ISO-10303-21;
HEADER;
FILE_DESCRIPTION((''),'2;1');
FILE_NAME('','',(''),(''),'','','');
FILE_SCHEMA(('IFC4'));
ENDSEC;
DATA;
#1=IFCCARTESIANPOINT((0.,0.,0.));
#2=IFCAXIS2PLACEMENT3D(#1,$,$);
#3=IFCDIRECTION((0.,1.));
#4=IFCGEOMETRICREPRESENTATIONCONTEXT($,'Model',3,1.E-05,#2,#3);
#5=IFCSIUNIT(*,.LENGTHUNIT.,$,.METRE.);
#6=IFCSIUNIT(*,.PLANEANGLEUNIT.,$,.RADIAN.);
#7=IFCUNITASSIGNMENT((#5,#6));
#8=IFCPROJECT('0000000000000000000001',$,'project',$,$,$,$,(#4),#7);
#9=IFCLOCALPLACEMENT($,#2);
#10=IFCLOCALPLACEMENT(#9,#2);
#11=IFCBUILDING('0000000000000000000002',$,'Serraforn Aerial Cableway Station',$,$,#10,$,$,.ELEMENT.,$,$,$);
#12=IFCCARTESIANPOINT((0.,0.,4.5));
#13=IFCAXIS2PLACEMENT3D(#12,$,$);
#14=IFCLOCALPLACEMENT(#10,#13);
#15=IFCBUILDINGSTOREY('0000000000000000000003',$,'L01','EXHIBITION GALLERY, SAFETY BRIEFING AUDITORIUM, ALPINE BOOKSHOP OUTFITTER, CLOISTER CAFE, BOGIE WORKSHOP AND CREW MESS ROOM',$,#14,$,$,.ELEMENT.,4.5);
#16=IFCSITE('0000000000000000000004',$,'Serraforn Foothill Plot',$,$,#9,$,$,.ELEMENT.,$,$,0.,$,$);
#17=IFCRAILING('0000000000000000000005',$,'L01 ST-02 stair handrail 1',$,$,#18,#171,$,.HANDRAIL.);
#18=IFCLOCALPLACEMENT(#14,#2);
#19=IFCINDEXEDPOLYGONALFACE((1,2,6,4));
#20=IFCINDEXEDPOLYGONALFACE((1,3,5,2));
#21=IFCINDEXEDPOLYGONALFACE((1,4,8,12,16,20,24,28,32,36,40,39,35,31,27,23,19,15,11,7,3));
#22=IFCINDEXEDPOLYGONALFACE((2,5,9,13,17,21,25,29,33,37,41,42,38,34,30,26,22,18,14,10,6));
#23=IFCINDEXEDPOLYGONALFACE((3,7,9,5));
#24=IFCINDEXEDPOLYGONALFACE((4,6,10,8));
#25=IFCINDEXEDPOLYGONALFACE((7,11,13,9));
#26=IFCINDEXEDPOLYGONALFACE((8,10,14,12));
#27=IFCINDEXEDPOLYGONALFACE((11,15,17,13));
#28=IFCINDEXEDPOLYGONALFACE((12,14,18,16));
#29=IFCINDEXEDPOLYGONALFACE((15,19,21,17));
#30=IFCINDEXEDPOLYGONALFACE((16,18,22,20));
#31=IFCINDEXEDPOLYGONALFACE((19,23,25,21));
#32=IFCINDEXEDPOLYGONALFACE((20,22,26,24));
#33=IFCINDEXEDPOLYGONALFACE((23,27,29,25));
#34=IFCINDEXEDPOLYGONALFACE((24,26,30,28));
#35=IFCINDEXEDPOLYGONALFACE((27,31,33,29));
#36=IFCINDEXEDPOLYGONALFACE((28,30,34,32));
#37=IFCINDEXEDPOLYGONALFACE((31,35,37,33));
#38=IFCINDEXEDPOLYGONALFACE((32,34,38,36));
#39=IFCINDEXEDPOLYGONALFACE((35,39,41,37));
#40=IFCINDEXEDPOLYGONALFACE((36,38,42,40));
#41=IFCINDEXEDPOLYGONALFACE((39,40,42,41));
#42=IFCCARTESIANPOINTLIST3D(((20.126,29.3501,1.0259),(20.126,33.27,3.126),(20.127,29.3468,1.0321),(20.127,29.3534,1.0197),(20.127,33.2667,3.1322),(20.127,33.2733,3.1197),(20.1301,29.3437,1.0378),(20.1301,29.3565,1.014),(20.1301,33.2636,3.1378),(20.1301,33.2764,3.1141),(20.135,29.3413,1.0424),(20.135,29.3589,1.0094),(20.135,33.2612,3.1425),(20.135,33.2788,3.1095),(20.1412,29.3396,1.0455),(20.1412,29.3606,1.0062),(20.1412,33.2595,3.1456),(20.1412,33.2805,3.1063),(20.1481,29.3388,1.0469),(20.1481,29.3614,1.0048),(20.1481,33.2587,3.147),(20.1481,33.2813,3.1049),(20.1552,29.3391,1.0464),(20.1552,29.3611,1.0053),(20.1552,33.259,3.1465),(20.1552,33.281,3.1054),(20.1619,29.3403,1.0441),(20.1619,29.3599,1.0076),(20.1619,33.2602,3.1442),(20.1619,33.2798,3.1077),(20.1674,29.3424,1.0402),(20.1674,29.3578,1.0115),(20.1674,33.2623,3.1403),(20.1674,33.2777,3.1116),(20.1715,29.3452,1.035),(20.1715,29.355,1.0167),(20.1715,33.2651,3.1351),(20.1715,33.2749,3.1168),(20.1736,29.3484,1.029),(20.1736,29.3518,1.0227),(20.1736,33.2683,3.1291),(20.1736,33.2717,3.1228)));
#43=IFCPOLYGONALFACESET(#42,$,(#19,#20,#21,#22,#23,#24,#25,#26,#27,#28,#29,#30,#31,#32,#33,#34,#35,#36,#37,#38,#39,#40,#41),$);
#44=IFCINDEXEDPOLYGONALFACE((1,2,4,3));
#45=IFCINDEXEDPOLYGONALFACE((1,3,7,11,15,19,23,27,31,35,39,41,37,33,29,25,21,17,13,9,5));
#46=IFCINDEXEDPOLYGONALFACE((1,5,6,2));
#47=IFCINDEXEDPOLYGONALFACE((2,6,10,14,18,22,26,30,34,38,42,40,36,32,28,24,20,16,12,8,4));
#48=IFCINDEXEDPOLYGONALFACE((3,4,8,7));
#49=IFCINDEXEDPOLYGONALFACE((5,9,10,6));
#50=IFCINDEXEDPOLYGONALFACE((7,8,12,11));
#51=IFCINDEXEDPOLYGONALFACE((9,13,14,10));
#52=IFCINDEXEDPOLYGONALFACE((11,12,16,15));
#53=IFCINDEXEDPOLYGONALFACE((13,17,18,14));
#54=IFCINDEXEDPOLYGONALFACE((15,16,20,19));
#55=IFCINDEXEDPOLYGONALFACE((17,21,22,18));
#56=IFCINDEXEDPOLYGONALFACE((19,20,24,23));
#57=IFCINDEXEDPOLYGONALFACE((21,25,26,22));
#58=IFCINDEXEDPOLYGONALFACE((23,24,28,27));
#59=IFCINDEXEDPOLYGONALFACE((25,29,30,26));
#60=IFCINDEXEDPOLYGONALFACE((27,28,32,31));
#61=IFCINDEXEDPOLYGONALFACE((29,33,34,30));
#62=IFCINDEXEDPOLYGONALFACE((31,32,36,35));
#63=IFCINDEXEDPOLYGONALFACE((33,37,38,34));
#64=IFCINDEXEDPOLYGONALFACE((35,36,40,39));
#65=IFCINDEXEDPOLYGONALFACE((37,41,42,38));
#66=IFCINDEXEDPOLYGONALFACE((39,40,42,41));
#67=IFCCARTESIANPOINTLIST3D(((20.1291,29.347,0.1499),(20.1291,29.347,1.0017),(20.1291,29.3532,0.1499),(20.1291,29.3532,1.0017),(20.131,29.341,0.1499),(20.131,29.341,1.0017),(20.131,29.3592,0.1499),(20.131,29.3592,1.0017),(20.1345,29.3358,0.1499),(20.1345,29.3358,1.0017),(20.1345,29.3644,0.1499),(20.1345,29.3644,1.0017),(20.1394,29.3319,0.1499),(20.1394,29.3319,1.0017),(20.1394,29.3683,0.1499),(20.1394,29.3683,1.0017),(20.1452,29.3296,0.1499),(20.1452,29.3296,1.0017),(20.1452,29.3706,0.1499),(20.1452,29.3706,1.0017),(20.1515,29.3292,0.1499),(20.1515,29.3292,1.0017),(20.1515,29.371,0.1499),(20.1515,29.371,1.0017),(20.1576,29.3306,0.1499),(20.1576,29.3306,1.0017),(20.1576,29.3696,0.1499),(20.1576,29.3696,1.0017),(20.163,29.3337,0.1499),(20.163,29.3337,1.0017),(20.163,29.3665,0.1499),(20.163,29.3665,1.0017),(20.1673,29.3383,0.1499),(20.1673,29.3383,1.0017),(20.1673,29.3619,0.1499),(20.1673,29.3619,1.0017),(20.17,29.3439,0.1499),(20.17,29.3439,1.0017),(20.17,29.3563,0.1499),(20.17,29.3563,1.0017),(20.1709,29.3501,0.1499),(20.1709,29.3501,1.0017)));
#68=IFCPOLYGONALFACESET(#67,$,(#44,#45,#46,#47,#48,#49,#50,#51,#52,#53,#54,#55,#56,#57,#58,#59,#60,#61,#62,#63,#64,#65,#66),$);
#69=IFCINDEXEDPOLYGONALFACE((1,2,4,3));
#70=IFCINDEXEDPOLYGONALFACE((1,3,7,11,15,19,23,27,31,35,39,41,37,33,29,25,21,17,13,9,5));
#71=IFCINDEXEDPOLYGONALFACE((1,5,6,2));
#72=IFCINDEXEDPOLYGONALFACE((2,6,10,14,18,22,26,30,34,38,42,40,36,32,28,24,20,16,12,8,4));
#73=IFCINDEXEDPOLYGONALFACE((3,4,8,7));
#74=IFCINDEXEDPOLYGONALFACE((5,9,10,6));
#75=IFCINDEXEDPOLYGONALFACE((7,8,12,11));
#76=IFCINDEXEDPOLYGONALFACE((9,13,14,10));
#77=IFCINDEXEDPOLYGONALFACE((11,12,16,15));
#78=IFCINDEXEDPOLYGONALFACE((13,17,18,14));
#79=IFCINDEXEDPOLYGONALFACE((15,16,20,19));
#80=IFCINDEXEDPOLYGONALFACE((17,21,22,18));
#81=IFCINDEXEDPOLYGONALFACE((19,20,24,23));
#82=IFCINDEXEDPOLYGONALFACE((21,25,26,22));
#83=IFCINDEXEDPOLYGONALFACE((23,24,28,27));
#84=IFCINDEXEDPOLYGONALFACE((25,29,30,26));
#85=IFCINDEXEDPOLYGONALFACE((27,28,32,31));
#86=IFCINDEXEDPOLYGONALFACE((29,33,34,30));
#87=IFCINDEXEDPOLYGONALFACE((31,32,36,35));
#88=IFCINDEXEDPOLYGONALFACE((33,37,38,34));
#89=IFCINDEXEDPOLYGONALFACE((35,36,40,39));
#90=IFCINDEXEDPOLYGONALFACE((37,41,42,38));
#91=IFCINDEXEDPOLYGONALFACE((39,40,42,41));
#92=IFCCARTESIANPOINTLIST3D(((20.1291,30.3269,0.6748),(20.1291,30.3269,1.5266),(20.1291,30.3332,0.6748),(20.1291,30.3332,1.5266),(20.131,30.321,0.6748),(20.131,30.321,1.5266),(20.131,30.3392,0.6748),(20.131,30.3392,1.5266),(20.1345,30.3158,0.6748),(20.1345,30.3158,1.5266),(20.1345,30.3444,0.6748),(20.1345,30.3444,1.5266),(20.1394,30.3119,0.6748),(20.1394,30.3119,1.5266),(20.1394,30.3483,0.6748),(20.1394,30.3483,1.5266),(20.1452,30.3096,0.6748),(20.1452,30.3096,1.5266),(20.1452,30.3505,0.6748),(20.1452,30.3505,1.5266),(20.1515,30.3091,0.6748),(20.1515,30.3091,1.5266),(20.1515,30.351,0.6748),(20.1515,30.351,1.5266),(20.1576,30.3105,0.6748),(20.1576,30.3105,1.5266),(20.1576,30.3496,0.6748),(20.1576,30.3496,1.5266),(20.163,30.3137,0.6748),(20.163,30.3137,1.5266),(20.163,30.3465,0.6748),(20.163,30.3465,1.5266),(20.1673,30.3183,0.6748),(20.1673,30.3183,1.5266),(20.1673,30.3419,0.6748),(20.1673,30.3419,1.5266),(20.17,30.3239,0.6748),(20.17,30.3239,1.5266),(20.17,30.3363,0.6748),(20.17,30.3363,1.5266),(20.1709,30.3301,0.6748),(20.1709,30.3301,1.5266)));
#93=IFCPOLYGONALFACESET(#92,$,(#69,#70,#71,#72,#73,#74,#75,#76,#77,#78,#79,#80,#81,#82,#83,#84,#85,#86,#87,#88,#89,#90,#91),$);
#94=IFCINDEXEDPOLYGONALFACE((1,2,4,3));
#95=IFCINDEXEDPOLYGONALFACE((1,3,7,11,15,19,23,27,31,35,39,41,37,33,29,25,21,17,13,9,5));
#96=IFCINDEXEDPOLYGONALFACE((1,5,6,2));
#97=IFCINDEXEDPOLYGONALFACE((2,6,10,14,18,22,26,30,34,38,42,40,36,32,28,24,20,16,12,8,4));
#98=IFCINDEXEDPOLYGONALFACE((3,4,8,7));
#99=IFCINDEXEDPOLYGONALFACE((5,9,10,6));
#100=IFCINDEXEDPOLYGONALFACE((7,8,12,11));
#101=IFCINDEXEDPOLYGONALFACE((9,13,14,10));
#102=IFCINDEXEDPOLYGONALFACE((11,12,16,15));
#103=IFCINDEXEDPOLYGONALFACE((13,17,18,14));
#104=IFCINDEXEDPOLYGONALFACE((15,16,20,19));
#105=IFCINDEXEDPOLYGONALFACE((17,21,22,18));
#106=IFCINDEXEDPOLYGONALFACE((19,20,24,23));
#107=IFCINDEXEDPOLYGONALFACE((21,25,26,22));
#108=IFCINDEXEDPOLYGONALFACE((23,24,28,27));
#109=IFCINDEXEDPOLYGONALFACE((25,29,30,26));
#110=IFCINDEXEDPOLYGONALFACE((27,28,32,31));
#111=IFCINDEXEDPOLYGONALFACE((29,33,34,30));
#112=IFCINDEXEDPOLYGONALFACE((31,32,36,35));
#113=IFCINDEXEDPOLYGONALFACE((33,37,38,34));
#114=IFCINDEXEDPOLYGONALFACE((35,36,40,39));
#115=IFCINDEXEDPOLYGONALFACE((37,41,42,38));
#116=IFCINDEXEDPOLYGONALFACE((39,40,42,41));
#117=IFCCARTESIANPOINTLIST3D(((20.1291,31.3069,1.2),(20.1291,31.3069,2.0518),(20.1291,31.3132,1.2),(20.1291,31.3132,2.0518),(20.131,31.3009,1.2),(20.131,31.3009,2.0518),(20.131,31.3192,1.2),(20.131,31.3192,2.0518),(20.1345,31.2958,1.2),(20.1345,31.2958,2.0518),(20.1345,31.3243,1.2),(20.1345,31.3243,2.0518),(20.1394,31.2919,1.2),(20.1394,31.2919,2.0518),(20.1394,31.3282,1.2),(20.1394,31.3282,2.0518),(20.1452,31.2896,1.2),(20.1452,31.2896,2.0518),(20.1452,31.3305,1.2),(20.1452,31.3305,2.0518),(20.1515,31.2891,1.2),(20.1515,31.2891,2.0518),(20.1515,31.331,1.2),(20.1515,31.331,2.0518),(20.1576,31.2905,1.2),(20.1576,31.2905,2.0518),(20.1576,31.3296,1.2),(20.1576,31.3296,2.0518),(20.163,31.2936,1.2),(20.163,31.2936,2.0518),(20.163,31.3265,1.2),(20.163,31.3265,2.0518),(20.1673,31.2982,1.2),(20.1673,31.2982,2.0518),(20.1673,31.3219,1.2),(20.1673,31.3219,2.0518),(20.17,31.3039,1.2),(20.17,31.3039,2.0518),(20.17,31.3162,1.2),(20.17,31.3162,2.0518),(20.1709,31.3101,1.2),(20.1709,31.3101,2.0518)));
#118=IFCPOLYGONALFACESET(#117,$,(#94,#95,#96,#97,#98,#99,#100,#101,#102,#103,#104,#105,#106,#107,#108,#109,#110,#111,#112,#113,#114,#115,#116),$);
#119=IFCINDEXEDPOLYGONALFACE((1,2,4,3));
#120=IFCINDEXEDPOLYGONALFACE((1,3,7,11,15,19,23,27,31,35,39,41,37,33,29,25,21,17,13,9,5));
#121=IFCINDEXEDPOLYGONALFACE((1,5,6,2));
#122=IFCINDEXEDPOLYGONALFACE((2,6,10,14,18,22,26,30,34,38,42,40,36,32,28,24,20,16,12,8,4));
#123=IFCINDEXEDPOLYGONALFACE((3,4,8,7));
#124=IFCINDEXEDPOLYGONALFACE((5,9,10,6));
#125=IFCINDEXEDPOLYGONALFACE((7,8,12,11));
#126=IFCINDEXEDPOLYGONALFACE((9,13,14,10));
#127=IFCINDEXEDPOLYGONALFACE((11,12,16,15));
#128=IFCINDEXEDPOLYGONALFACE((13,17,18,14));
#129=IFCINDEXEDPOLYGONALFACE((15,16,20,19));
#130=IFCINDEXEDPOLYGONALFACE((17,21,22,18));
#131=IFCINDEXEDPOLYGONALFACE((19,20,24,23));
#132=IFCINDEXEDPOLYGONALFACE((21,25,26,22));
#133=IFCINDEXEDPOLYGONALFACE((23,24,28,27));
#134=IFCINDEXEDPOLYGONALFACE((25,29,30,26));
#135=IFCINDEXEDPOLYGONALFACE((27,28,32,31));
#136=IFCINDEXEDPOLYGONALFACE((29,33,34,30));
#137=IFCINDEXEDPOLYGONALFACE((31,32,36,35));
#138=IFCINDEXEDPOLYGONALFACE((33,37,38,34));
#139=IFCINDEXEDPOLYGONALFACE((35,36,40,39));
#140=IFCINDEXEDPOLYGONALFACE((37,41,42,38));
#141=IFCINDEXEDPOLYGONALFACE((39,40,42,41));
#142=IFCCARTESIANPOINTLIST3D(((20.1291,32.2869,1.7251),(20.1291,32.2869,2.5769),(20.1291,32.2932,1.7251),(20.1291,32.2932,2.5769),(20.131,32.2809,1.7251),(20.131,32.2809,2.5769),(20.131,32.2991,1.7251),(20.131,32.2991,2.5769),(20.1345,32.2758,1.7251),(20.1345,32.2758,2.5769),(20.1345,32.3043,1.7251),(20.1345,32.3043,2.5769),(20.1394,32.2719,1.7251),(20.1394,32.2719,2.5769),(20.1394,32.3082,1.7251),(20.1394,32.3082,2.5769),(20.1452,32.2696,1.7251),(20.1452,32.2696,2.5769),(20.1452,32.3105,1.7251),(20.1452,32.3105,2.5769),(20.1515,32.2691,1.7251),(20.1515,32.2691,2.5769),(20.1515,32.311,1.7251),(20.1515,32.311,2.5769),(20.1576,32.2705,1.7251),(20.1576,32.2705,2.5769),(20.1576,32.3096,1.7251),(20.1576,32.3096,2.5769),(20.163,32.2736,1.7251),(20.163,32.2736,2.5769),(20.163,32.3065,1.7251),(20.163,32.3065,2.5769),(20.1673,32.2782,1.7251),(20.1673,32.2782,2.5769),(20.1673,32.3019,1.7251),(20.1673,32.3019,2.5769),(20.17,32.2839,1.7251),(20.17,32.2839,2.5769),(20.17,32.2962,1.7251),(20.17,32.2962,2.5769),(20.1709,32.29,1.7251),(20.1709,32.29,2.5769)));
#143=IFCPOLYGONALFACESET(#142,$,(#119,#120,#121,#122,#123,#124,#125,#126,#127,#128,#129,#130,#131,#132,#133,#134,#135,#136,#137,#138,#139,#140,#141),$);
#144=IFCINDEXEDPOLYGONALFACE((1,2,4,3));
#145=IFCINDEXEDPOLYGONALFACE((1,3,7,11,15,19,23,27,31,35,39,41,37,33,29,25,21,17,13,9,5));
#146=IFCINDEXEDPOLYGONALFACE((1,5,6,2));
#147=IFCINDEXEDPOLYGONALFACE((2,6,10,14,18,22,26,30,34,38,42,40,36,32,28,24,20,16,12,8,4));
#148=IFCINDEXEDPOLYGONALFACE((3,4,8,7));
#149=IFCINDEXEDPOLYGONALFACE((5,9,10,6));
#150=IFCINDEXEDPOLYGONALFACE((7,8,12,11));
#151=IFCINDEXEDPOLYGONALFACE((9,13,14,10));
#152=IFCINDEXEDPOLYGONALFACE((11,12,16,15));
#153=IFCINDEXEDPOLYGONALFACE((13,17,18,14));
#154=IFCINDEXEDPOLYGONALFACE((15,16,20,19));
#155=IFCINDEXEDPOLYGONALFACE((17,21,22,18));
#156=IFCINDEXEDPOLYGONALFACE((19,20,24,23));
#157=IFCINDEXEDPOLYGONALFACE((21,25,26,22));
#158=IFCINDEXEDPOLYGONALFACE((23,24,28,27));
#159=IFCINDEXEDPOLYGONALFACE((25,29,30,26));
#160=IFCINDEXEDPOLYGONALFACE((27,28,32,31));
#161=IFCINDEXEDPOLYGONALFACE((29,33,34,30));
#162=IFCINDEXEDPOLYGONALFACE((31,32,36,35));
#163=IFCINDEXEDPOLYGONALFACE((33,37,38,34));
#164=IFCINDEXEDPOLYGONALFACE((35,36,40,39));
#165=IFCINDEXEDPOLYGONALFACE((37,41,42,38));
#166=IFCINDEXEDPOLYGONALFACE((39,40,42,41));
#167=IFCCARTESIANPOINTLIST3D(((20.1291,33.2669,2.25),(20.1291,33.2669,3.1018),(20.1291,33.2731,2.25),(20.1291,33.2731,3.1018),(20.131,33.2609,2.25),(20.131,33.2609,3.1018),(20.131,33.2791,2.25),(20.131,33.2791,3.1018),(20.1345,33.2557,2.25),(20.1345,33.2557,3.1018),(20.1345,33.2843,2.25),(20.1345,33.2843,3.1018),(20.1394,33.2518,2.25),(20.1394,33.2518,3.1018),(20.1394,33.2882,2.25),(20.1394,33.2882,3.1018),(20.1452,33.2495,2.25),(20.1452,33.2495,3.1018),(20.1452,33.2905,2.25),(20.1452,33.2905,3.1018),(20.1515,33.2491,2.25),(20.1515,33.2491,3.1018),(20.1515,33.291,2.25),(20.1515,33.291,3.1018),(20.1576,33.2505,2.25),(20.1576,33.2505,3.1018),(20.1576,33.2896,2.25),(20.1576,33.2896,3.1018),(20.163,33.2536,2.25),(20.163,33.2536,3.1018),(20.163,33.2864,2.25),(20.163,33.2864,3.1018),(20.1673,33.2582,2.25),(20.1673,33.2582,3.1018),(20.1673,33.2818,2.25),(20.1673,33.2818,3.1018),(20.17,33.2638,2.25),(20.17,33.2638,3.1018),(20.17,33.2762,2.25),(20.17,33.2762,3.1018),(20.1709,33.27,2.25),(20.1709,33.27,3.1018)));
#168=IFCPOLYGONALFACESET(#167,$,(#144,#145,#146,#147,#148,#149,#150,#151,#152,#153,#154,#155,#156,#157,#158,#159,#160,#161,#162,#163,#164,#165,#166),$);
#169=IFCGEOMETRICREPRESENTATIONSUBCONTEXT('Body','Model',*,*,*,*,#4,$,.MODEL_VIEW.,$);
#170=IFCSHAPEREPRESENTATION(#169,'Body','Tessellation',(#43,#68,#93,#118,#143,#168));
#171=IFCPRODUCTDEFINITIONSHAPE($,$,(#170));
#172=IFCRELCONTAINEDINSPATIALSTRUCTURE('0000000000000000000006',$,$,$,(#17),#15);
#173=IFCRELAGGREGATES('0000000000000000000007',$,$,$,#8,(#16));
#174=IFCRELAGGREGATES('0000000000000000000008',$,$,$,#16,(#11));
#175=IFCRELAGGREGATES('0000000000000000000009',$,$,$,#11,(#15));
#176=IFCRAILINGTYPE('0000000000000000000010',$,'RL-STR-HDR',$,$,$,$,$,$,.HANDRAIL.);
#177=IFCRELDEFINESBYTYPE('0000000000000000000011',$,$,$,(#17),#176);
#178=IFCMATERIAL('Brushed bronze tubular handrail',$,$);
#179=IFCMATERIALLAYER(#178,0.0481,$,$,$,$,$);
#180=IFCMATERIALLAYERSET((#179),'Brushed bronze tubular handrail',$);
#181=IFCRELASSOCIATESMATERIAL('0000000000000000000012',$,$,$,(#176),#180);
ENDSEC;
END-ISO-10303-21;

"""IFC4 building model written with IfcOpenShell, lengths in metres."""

from ifc_helpers import new_model, si_unit, direction, frame, origin, origin_2d, place, context, subcontext, project, spatial, circle, extrude, material, layer, layer_set, type_object, element, save


model = new_model("IFC4")

# Units and contexts
model_context = context("Model", 3, precision=1e-05, world=origin(), true_north=direction((0.0, 1.0)))
body_context = subcontext(model_context, "Body", "Model", "MODEL_VIEW")
ifc_project = project(units=[si_unit("LENGTHUNIT", "METRE"), si_unit("PLANEANGLEUNIT", "RADIAN")], contexts=[model_context])

# Site, building, storey
site_placement = place(None, origin())
site = spatial("IfcSite", under=ifc_project, at=site_placement, Name="Serraforn Foothill Plot", CompositionType="ELEMENT", RefElevation=0.0)
building_placement = place(site_placement, origin())
building = spatial("IfcBuilding", under=site, at=building_placement, Name="Serraforn Aerial Cableway Station", CompositionType="ELEMENT")
storey_placement = place(building_placement, frame((0.0, 0.0, 4.5)))
storey = spatial("IfcBuildingStorey", under=building, at=storey_placement, Name="L01", Description="EXHIBITION GALLERY, SAFETY BRIEFING AUDITORIUM, ALPINE BOOKSHOP OUTFITTER, CLOISTER CAFE, BOGIE WORKSHOP AND CREW MESS ROOM", CompositionType="ELEMENT", Elevation=4.5)

# Railing
ifc_material_1 = material(Name="Brushed bronze tubular handrail")
ifc_layer_1 = layer(ifc_material_1, 0.0481)
ifc_layer_set_1 = layer_set([ifc_layer_1], Name="Brushed bronze tubular handrail")
railing_type = type_object("IfcRailingType", Name="RL-STR-HDR", PredefinedType="HANDRAIL", material=ifc_layer_set_1)
railing_placement = place(storey_placement, frame((20.1499, 29.3501, 0.1499)))
element("IfcRailing", 1, at=railing_placement, inside=storey, type_object=railing_type, Name="L01 ST-02 stair handrail 1", PredefinedType="HANDRAIL", context=body_context, shape_type="SweptSolid", body=[
    extrude(circle(Radius=0.0239, at=origin_2d()), frame((0.0, 0.0, 0.876), z_axis=(0.0, 0.881467, 0.472246), x_axis=(-1.0, 0.0, 0.0)), (0.0, 0.0, 1.0), 4.447),
    extrude(circle(Radius=0.021, at=origin_2d()), origin(), (0.0, 0.0, 1.0), 0.8518),
    extrude(circle(Radius=0.021, at=origin_2d()), frame((0.0, 0.98, 0.5249)), (0.0, 0.0, 1.0), 0.8518),
    extrude(circle(Radius=0.021, at=origin_2d()), frame((0.0, 1.96, 1.05)), (0.0, 0.0, 1.0), 0.8518),
    extrude(circle(Radius=0.021, at=origin_2d()), frame((0.0, 2.9399, 1.5752)), (0.0, 0.0, 1.0), 0.8518),
    extrude(circle(Radius=0.021, at=origin_2d()), frame((0.0, 3.9199, 2.1001)), (0.0, 0.0, 1.0), 0.8518),
])

save(model, "model.ifc")
